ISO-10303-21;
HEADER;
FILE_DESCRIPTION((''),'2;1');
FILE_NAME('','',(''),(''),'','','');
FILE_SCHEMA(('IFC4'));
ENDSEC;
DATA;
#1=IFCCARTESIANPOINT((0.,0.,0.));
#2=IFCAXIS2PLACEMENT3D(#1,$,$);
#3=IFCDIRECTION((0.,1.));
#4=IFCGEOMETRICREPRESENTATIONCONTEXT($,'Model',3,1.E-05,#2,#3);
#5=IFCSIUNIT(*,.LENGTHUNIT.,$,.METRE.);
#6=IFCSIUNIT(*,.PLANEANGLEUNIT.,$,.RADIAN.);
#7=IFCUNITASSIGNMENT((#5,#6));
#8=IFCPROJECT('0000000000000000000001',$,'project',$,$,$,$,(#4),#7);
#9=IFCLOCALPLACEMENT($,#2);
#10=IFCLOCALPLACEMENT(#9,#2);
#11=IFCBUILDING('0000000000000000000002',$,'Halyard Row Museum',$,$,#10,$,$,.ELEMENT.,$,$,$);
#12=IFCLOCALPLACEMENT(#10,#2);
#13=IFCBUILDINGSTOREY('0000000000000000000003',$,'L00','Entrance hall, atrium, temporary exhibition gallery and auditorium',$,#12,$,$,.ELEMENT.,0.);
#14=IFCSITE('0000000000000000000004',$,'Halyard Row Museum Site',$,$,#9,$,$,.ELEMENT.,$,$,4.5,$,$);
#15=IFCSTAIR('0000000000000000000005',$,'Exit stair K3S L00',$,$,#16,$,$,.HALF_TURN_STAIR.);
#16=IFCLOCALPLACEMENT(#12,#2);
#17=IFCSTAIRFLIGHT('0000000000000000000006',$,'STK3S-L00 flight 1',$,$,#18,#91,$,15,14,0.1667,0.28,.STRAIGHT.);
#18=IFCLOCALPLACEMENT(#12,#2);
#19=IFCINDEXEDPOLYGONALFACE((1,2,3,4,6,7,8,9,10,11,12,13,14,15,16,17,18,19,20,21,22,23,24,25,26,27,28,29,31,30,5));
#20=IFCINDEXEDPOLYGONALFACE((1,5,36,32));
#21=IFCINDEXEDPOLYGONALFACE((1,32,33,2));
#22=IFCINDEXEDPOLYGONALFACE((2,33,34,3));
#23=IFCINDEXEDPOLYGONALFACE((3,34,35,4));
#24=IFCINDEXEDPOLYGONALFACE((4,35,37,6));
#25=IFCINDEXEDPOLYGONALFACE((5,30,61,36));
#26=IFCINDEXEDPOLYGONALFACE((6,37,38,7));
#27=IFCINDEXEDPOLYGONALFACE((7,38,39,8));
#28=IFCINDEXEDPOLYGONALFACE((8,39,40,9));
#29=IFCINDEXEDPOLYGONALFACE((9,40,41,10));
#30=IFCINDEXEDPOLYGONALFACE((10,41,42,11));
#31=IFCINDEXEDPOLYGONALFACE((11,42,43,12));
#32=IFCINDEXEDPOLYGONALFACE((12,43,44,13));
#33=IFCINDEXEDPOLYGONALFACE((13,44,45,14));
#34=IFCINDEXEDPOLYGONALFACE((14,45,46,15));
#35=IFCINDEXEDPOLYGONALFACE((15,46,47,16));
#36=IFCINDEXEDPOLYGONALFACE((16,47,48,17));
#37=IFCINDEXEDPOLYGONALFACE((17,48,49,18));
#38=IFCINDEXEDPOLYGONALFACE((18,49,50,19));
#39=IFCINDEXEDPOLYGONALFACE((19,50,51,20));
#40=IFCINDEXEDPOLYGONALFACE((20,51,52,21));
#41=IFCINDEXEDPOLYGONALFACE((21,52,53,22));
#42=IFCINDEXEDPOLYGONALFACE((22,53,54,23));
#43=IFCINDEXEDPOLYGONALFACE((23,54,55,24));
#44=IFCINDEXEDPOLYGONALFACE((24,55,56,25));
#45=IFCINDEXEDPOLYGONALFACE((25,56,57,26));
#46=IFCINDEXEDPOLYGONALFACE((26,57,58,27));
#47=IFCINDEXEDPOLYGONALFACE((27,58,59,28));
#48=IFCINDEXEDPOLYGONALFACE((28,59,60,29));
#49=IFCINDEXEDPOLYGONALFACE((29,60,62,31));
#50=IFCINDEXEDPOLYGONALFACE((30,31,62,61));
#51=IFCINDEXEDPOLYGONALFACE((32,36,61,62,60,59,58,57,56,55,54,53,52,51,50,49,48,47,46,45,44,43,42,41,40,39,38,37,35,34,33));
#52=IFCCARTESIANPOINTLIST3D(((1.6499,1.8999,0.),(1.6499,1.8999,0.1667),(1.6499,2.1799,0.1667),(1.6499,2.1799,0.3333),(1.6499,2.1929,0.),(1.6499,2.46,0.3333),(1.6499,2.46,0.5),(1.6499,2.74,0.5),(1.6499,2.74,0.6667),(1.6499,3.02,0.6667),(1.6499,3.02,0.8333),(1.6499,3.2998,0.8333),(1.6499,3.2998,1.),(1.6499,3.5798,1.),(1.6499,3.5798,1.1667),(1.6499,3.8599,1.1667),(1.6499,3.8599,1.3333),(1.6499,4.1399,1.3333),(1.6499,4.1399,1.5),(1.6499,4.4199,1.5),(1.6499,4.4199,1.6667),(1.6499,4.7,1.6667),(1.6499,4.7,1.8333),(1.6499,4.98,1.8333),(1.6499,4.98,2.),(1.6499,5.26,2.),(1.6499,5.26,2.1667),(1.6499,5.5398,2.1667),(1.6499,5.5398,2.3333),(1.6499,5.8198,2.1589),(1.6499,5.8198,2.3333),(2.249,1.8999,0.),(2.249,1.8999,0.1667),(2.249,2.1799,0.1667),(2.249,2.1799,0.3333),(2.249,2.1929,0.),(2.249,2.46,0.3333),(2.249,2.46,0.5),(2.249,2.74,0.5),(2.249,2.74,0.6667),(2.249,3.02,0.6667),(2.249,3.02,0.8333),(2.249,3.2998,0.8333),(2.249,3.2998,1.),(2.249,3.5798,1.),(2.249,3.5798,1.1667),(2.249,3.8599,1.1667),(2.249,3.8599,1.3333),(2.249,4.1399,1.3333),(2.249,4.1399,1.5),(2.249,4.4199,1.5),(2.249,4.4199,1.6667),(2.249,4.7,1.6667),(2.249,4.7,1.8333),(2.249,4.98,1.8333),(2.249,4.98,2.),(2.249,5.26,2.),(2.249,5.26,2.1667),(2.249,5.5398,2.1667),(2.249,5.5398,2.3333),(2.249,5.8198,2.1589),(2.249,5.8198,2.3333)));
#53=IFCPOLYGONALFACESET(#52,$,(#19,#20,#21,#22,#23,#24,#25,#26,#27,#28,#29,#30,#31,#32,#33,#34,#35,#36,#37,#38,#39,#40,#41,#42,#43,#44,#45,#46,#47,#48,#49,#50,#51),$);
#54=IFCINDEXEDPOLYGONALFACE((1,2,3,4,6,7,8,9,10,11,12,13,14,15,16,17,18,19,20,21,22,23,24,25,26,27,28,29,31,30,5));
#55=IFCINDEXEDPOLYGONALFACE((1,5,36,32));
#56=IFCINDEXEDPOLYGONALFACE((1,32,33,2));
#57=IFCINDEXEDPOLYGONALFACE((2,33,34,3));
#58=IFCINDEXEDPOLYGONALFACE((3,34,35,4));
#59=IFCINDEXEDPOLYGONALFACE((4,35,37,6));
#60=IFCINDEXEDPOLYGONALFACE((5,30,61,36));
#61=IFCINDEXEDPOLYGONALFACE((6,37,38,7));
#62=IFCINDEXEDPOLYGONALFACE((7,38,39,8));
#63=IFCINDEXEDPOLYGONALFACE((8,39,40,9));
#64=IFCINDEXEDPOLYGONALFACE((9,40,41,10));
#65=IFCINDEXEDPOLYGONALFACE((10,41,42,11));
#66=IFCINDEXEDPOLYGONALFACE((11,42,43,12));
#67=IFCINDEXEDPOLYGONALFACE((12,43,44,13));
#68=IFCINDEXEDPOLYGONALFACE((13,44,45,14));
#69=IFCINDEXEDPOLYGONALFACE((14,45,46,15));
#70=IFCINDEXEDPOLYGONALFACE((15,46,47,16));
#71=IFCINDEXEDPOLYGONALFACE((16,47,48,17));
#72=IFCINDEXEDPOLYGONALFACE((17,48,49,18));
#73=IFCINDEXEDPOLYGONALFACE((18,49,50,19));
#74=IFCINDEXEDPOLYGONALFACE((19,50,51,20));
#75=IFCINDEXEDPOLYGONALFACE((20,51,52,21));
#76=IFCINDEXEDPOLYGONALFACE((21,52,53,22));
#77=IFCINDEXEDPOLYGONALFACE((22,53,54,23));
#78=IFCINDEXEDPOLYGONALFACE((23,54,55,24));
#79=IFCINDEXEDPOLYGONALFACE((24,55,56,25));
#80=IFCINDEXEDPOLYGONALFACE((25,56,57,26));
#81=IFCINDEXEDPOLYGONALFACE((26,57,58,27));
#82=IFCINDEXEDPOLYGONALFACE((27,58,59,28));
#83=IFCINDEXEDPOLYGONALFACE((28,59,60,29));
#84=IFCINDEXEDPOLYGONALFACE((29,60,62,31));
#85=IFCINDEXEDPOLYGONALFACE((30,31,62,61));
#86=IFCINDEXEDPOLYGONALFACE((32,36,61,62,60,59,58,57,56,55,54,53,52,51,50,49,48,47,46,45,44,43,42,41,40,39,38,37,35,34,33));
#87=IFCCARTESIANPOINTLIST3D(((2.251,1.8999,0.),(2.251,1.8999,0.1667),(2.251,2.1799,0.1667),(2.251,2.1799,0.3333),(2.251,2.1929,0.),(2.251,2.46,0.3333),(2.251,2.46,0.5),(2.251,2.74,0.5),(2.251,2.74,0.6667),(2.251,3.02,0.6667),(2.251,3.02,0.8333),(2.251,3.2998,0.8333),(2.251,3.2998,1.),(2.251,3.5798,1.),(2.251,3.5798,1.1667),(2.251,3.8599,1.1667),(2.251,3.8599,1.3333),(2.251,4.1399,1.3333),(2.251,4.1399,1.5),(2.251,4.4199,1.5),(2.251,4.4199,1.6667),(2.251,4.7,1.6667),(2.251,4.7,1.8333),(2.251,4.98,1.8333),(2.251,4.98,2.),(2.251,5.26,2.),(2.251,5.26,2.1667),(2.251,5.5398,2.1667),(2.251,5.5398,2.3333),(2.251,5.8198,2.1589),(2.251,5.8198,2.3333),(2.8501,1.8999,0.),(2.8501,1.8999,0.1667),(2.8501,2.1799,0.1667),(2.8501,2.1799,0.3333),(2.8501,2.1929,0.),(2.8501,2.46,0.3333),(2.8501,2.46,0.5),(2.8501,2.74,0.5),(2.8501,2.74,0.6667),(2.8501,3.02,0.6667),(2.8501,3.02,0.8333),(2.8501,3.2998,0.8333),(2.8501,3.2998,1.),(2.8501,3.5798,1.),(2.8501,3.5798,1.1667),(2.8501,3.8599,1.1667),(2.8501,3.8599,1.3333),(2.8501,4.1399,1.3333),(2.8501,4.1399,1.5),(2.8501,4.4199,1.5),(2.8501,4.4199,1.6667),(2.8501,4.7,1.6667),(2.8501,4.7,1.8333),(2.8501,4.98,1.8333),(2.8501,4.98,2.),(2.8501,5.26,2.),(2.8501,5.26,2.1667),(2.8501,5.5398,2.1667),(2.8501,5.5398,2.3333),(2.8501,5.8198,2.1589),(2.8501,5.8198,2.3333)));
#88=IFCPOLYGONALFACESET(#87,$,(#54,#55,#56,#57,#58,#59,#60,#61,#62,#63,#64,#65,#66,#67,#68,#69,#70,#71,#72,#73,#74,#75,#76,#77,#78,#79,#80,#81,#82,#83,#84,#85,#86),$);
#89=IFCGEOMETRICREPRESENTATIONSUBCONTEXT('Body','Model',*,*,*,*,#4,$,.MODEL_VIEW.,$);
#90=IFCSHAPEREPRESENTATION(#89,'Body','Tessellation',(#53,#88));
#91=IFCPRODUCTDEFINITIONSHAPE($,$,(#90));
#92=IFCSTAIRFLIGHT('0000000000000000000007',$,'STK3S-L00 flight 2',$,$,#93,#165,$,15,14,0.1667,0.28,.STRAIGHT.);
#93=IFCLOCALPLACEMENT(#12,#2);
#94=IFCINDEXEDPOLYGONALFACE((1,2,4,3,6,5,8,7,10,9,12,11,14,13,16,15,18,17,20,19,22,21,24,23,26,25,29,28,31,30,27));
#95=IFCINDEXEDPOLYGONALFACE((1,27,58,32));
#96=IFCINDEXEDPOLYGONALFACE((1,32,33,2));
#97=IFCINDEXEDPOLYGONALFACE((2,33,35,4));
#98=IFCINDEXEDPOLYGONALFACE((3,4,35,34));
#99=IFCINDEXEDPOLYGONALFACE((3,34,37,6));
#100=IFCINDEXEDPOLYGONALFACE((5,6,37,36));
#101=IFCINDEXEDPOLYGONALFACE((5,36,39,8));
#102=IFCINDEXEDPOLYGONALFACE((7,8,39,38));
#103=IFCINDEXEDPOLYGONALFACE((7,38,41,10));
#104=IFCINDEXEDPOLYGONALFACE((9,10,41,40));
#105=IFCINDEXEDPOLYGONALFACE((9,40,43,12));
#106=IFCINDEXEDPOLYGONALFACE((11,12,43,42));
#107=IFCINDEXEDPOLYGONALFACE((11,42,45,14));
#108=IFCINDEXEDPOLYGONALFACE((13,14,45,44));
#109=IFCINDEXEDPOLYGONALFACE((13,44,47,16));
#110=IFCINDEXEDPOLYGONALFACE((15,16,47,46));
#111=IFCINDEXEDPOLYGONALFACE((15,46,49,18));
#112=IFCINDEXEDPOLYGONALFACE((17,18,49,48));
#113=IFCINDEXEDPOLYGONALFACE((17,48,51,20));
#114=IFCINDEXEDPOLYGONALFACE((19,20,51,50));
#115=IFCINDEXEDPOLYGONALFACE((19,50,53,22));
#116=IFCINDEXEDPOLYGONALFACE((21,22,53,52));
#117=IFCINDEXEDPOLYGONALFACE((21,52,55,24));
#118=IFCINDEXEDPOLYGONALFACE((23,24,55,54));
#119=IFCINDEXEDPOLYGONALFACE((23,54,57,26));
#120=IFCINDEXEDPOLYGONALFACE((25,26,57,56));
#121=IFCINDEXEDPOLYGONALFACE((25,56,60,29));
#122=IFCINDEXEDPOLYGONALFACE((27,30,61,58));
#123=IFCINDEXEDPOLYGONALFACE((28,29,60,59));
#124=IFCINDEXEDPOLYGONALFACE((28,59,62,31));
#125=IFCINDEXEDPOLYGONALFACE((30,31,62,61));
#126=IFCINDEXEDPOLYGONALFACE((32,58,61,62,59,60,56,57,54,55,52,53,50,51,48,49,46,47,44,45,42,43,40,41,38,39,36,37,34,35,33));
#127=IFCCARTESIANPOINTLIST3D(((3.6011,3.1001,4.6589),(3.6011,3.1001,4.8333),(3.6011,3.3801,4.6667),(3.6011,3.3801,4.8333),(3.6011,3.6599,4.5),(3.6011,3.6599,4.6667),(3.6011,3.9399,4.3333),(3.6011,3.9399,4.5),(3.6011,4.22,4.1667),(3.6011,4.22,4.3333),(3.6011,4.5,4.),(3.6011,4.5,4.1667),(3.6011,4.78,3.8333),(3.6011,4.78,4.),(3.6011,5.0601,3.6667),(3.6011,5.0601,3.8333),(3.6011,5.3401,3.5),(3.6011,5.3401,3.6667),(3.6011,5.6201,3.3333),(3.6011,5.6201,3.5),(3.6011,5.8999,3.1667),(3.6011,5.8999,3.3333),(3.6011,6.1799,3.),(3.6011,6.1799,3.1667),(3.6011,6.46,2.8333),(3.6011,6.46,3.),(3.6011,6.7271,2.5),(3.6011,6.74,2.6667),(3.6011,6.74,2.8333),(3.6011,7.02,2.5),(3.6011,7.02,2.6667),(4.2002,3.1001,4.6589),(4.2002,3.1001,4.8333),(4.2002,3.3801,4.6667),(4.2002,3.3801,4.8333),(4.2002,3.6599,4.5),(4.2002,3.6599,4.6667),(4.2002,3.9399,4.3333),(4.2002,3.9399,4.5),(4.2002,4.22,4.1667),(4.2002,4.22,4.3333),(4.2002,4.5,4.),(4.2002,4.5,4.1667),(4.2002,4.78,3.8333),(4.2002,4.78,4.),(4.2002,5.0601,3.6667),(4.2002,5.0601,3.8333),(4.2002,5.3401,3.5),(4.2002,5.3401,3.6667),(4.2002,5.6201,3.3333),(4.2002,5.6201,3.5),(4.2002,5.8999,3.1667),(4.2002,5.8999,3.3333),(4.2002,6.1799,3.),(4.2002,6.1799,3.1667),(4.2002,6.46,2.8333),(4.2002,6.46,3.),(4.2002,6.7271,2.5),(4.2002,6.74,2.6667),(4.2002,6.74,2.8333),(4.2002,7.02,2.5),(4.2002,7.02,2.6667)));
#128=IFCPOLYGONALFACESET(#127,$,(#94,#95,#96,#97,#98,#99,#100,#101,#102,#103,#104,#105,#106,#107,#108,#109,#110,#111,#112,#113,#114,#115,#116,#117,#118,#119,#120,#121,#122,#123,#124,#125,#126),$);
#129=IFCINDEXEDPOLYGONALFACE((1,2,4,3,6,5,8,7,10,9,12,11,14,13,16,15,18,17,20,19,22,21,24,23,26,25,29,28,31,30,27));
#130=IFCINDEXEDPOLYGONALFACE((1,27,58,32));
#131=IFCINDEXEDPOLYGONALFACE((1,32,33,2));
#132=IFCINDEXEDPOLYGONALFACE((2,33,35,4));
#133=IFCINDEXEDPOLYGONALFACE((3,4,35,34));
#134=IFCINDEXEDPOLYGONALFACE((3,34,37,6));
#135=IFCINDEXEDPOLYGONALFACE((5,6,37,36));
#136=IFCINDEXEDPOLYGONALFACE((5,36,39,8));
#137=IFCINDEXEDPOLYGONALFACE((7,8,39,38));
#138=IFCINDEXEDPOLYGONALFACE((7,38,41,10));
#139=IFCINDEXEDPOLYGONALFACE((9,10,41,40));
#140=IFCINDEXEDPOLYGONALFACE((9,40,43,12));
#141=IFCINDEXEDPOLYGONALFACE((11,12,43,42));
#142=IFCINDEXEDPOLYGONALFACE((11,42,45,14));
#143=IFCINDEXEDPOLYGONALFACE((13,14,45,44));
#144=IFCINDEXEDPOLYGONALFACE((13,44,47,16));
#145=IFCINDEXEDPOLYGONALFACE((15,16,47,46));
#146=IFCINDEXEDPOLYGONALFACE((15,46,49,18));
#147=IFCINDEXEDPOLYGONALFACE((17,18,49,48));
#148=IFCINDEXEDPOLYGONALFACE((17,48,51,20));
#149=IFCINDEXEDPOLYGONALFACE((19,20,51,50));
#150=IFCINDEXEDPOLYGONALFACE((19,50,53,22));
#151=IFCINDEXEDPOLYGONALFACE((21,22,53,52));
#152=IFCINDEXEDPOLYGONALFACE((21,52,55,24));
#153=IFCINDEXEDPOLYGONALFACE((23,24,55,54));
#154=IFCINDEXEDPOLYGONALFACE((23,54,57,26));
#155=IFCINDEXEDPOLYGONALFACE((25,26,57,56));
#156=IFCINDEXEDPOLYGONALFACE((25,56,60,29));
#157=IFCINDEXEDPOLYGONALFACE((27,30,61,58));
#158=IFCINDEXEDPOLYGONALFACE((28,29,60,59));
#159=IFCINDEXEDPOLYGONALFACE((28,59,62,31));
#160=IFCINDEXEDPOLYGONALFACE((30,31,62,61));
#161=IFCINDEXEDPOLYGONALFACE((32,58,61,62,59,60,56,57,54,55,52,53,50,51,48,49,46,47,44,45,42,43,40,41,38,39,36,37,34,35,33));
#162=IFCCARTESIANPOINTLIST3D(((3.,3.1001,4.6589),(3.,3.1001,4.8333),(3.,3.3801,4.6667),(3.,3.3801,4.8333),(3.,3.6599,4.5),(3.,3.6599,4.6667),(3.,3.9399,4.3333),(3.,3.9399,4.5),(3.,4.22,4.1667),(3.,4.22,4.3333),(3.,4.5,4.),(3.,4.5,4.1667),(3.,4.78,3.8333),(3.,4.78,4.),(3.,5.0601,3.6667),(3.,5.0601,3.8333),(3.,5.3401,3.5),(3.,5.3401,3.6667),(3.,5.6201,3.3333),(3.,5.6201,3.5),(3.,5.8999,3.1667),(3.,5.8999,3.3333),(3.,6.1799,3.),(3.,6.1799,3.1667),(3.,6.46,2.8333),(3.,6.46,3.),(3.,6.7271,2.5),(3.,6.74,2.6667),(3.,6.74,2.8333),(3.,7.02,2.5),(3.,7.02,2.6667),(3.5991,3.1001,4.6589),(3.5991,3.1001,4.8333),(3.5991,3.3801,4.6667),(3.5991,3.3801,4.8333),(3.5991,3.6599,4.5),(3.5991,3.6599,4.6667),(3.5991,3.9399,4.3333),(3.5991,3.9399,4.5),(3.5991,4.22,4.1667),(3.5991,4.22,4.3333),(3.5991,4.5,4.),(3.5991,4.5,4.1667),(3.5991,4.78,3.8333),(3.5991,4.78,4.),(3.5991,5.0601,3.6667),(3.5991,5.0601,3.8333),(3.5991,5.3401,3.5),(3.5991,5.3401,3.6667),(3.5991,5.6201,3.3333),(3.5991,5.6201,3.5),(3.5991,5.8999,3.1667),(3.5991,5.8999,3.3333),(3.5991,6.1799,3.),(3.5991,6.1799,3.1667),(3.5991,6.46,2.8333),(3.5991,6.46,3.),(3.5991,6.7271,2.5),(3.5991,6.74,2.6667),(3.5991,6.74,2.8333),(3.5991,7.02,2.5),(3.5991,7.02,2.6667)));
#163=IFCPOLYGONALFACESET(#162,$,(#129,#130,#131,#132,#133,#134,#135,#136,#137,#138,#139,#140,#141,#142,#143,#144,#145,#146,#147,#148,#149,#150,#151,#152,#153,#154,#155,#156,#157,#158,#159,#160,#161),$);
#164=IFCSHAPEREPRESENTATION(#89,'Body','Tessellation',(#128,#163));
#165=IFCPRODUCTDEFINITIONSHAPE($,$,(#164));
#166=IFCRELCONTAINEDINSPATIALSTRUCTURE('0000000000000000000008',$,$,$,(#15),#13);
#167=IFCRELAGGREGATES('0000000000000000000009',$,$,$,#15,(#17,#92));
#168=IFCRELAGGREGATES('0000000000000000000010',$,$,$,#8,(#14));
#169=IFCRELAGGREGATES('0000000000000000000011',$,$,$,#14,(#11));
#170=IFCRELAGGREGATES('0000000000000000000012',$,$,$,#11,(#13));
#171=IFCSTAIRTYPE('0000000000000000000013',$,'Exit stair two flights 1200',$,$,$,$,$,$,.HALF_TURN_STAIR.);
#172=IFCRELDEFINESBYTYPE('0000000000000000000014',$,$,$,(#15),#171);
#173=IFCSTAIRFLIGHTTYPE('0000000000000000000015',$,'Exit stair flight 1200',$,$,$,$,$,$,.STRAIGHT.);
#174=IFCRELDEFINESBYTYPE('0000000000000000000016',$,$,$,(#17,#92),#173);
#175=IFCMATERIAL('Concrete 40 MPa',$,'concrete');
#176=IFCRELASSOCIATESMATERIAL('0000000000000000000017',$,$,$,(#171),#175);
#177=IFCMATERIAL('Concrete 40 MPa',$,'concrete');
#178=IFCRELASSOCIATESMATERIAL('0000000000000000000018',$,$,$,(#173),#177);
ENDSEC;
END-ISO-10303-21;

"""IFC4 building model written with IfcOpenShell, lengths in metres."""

from ifc_helpers import new_model, si_unit, direction, frame, origin, place, context, subcontext, project, spatial, polyline, outline, extrude, material, type_object, element, aggregate, save


model = new_model("IFC4")

# Units and contexts
model_context = context("Model", 3, precision=1e-05, world=origin(), true_north=direction((0.0, 1.0)))
body_context = subcontext(model_context, "Body", "Model", "MODEL_VIEW")
ifc_project = project(units=[si_unit("LENGTHUNIT", "METRE"), si_unit("PLANEANGLEUNIT", "RADIAN")], contexts=[model_context])

# Site, building, storey
site_placement = place(None, origin())
site = spatial("IfcSite", under=ifc_project, at=site_placement, Name="Halyard Row Museum Site", CompositionType="ELEMENT", RefElevation=4.5)
building_placement = place(site_placement, origin())
building = spatial("IfcBuilding", under=site, at=building_placement, Name="Halyard Row Museum", CompositionType="ELEMENT")
storey_placement = place(building_placement, origin())
storey = spatial("IfcBuildingStorey", under=building, at=storey_placement, Name="L00", Description="Entrance hall, atrium, temporary exhibition gallery and auditorium", CompositionType="ELEMENT", Elevation=0.0)

# Stair, stair flights
ifc_material_1 = material(Name="Concrete 40 MPa", Category="concrete")
stair_type = type_object("IfcStairType", Name="Exit stair two flights 1200", PredefinedType="HALF_TURN_STAIR", material=ifc_material_1)
stair_placement = place(storey_placement, origin())
stair = element("IfcStair", 1, at=stair_placement, inside=storey, type_object=stair_type, Name="Exit stair K3S L00", PredefinedType="HALF_TURN_STAIR")
ifc_material_2 = material(Name="Concrete 40 MPa", Category="concrete")
stair_flight_type = type_object("IfcStairFlightType", Name="Exit stair flight 1200", PredefinedType="STRAIGHT", material=ifc_material_2)
stair_flight_1_placement = place(storey_placement, frame((2.25, 1.8999, 0.0), z_axis=(0.0, 0.0, 1.0), x_axis=(0.0, 1.0, 0.0)))
stair_flight_1 = element("IfcStairFlight", 2, at=stair_flight_1_placement, type_object=stair_flight_type, Name="STK3S-L00 flight 1", NumberOfRisers=15, NumberOfTreads=14, PredefinedType="STRAIGHT", RiserHeight=0.1667, TreadLength=0.28, context=body_context, shape_type="SweptSolid", body=[
    extrude(outline(polyline([(0.0, 0.0), (0.0, 0.1667), (0.28, 0.1667), (0.28, 0.3333), (0.5601, 0.3333), (0.5601, 0.5), (0.8401, 0.5), (0.8401, 0.6667), (1.1201, 0.6667), (1.1201, 0.8333), (1.3999, 0.8333), (1.3999, 1.0), (1.6799, 1.0), (1.6799, 1.1667), (1.96, 1.1667), (1.96, 1.3333), (2.24, 1.3333), (2.24, 1.5), (2.52, 1.5), (2.52, 1.6667), (2.8, 1.6667), (2.8, 1.8333), (3.0801, 1.8333), (3.0801, 2.0), (3.3601, 2.0), (3.3601, 2.1667), (3.6399, 2.1667), (3.6399, 2.3333), (3.9199, 2.3333), (3.9199, 2.5), (3.9199, 2.1589), (0.293, 0.0), (0.0, 0.0)])), frame((0.0, 0.6001, 0.0), z_axis=(0.0, -1.0, 0.0), x_axis=(1.0, 0.0, 0.0)), (0.0, 0.0, 1.0), 0.5991),
    extrude(outline(polyline([(0.0, 0.0), (0.0, 0.1667), (0.28, 0.1667), (0.28, 0.3333), (0.5601, 0.3333), (0.5601, 0.5), (0.8401, 0.5), (0.8401, 0.6667), (1.1201, 0.6667), (1.1201, 0.8333), (1.3999, 0.8333), (1.3999, 1.0), (1.6799, 1.0), (1.6799, 1.1667), (1.96, 1.1667), (1.96, 1.3333), (2.24, 1.3333), (2.24, 1.5), (2.52, 1.5), (2.52, 1.6667), (2.8, 1.6667), (2.8, 1.8333), (3.0801, 1.8333), (3.0801, 2.0), (3.3601, 2.0), (3.3601, 2.1667), (3.6399, 2.1667), (3.6399, 2.3333), (3.9199, 2.3333), (3.9199, 2.5), (3.9199, 2.1589), (0.293, 0.0), (0.0, 0.0)])), frame((0.0, -0.001, 0.0), z_axis=(0.0, -1.0, 0.0), x_axis=(1.0, 0.0, 0.0)), (0.0, 0.0, 1.0), 0.5991),
])
stair_flight_2_placement = place(storey_placement, frame((3.6001, 7.02, 2.5), z_axis=(0.0, 0.0, 1.0), x_axis=(0.0, -1.0, 0.0)))
stair_flight_2 = element("IfcStairFlight", 3, at=stair_flight_2_placement, type_object=stair_flight_type, Name="STK3S-L00 flight 2", NumberOfRisers=15, NumberOfTreads=14, PredefinedType="STRAIGHT", RiserHeight=0.1667, TreadLength=0.28, context=body_context, shape_type="SweptSolid", body=[
    extrude(outline(polyline([(0.0, 0.0), (0.0, 0.1667), (0.28, 0.1667), (0.28, 0.3333), (0.5601, 0.3333), (0.5601, 0.5), (0.8401, 0.5), (0.8401, 0.6667), (1.1201, 0.6667), (1.1201, 0.8333), (1.3999, 0.8333), (1.3999, 1.0), (1.6799, 1.0), (1.6799, 1.1667), (1.96, 1.1667), (1.96, 1.3333), (2.24, 1.3333), (2.24, 1.5), (2.52, 1.5), (2.52, 1.6667), (2.8, 1.6667), (2.8, 1.8333), (3.0801, 1.8333), (3.0801, 2.0), (3.3601, 2.0), (3.3601, 2.1667), (3.6399, 2.1667), (3.6399, 2.3333), (3.9199, 2.3333), (3.9199, 2.5), (3.9199, 2.1589), (0.293, 0.0), (0.0, 0.0)])), frame((0.0, 0.6001, 0.0), z_axis=(0.0, -1.0, 0.0), x_axis=(1.0, 0.0, 0.0)), (0.0, 0.0, 1.0), 0.5991),
    extrude(outline(polyline([(0.0, 0.0), (0.0, 0.1667), (0.28, 0.1667), (0.28, 0.3333), (0.5601, 0.3333), (0.5601, 0.5), (0.8401, 0.5), (0.8401, 0.6667), (1.1201, 0.6667), (1.1201, 0.8333), (1.3999, 0.8333), (1.3999, 1.0), (1.6799, 1.0), (1.6799, 1.1667), (1.96, 1.1667), (1.96, 1.3333), (2.24, 1.3333), (2.24, 1.5), (2.52, 1.5), (2.52, 1.6667), (2.8, 1.6667), (2.8, 1.8333), (3.0801, 1.8333), (3.0801, 2.0), (3.3601, 2.0), (3.3601, 2.1667), (3.6399, 2.1667), (3.6399, 2.3333), (3.9199, 2.3333), (3.9199, 2.5), (3.9199, 2.1589), (0.293, 0.0), (0.0, 0.0)])), frame((0.0, -0.001, 0.0), z_axis=(0.0, -1.0, 0.0), x_axis=(1.0, 0.0, 0.0)), (0.0, 0.0, 1.0), 0.5991),
])
aggregate(stair, [stair_flight_1, stair_flight_2])

save(model, "model.ifc")
